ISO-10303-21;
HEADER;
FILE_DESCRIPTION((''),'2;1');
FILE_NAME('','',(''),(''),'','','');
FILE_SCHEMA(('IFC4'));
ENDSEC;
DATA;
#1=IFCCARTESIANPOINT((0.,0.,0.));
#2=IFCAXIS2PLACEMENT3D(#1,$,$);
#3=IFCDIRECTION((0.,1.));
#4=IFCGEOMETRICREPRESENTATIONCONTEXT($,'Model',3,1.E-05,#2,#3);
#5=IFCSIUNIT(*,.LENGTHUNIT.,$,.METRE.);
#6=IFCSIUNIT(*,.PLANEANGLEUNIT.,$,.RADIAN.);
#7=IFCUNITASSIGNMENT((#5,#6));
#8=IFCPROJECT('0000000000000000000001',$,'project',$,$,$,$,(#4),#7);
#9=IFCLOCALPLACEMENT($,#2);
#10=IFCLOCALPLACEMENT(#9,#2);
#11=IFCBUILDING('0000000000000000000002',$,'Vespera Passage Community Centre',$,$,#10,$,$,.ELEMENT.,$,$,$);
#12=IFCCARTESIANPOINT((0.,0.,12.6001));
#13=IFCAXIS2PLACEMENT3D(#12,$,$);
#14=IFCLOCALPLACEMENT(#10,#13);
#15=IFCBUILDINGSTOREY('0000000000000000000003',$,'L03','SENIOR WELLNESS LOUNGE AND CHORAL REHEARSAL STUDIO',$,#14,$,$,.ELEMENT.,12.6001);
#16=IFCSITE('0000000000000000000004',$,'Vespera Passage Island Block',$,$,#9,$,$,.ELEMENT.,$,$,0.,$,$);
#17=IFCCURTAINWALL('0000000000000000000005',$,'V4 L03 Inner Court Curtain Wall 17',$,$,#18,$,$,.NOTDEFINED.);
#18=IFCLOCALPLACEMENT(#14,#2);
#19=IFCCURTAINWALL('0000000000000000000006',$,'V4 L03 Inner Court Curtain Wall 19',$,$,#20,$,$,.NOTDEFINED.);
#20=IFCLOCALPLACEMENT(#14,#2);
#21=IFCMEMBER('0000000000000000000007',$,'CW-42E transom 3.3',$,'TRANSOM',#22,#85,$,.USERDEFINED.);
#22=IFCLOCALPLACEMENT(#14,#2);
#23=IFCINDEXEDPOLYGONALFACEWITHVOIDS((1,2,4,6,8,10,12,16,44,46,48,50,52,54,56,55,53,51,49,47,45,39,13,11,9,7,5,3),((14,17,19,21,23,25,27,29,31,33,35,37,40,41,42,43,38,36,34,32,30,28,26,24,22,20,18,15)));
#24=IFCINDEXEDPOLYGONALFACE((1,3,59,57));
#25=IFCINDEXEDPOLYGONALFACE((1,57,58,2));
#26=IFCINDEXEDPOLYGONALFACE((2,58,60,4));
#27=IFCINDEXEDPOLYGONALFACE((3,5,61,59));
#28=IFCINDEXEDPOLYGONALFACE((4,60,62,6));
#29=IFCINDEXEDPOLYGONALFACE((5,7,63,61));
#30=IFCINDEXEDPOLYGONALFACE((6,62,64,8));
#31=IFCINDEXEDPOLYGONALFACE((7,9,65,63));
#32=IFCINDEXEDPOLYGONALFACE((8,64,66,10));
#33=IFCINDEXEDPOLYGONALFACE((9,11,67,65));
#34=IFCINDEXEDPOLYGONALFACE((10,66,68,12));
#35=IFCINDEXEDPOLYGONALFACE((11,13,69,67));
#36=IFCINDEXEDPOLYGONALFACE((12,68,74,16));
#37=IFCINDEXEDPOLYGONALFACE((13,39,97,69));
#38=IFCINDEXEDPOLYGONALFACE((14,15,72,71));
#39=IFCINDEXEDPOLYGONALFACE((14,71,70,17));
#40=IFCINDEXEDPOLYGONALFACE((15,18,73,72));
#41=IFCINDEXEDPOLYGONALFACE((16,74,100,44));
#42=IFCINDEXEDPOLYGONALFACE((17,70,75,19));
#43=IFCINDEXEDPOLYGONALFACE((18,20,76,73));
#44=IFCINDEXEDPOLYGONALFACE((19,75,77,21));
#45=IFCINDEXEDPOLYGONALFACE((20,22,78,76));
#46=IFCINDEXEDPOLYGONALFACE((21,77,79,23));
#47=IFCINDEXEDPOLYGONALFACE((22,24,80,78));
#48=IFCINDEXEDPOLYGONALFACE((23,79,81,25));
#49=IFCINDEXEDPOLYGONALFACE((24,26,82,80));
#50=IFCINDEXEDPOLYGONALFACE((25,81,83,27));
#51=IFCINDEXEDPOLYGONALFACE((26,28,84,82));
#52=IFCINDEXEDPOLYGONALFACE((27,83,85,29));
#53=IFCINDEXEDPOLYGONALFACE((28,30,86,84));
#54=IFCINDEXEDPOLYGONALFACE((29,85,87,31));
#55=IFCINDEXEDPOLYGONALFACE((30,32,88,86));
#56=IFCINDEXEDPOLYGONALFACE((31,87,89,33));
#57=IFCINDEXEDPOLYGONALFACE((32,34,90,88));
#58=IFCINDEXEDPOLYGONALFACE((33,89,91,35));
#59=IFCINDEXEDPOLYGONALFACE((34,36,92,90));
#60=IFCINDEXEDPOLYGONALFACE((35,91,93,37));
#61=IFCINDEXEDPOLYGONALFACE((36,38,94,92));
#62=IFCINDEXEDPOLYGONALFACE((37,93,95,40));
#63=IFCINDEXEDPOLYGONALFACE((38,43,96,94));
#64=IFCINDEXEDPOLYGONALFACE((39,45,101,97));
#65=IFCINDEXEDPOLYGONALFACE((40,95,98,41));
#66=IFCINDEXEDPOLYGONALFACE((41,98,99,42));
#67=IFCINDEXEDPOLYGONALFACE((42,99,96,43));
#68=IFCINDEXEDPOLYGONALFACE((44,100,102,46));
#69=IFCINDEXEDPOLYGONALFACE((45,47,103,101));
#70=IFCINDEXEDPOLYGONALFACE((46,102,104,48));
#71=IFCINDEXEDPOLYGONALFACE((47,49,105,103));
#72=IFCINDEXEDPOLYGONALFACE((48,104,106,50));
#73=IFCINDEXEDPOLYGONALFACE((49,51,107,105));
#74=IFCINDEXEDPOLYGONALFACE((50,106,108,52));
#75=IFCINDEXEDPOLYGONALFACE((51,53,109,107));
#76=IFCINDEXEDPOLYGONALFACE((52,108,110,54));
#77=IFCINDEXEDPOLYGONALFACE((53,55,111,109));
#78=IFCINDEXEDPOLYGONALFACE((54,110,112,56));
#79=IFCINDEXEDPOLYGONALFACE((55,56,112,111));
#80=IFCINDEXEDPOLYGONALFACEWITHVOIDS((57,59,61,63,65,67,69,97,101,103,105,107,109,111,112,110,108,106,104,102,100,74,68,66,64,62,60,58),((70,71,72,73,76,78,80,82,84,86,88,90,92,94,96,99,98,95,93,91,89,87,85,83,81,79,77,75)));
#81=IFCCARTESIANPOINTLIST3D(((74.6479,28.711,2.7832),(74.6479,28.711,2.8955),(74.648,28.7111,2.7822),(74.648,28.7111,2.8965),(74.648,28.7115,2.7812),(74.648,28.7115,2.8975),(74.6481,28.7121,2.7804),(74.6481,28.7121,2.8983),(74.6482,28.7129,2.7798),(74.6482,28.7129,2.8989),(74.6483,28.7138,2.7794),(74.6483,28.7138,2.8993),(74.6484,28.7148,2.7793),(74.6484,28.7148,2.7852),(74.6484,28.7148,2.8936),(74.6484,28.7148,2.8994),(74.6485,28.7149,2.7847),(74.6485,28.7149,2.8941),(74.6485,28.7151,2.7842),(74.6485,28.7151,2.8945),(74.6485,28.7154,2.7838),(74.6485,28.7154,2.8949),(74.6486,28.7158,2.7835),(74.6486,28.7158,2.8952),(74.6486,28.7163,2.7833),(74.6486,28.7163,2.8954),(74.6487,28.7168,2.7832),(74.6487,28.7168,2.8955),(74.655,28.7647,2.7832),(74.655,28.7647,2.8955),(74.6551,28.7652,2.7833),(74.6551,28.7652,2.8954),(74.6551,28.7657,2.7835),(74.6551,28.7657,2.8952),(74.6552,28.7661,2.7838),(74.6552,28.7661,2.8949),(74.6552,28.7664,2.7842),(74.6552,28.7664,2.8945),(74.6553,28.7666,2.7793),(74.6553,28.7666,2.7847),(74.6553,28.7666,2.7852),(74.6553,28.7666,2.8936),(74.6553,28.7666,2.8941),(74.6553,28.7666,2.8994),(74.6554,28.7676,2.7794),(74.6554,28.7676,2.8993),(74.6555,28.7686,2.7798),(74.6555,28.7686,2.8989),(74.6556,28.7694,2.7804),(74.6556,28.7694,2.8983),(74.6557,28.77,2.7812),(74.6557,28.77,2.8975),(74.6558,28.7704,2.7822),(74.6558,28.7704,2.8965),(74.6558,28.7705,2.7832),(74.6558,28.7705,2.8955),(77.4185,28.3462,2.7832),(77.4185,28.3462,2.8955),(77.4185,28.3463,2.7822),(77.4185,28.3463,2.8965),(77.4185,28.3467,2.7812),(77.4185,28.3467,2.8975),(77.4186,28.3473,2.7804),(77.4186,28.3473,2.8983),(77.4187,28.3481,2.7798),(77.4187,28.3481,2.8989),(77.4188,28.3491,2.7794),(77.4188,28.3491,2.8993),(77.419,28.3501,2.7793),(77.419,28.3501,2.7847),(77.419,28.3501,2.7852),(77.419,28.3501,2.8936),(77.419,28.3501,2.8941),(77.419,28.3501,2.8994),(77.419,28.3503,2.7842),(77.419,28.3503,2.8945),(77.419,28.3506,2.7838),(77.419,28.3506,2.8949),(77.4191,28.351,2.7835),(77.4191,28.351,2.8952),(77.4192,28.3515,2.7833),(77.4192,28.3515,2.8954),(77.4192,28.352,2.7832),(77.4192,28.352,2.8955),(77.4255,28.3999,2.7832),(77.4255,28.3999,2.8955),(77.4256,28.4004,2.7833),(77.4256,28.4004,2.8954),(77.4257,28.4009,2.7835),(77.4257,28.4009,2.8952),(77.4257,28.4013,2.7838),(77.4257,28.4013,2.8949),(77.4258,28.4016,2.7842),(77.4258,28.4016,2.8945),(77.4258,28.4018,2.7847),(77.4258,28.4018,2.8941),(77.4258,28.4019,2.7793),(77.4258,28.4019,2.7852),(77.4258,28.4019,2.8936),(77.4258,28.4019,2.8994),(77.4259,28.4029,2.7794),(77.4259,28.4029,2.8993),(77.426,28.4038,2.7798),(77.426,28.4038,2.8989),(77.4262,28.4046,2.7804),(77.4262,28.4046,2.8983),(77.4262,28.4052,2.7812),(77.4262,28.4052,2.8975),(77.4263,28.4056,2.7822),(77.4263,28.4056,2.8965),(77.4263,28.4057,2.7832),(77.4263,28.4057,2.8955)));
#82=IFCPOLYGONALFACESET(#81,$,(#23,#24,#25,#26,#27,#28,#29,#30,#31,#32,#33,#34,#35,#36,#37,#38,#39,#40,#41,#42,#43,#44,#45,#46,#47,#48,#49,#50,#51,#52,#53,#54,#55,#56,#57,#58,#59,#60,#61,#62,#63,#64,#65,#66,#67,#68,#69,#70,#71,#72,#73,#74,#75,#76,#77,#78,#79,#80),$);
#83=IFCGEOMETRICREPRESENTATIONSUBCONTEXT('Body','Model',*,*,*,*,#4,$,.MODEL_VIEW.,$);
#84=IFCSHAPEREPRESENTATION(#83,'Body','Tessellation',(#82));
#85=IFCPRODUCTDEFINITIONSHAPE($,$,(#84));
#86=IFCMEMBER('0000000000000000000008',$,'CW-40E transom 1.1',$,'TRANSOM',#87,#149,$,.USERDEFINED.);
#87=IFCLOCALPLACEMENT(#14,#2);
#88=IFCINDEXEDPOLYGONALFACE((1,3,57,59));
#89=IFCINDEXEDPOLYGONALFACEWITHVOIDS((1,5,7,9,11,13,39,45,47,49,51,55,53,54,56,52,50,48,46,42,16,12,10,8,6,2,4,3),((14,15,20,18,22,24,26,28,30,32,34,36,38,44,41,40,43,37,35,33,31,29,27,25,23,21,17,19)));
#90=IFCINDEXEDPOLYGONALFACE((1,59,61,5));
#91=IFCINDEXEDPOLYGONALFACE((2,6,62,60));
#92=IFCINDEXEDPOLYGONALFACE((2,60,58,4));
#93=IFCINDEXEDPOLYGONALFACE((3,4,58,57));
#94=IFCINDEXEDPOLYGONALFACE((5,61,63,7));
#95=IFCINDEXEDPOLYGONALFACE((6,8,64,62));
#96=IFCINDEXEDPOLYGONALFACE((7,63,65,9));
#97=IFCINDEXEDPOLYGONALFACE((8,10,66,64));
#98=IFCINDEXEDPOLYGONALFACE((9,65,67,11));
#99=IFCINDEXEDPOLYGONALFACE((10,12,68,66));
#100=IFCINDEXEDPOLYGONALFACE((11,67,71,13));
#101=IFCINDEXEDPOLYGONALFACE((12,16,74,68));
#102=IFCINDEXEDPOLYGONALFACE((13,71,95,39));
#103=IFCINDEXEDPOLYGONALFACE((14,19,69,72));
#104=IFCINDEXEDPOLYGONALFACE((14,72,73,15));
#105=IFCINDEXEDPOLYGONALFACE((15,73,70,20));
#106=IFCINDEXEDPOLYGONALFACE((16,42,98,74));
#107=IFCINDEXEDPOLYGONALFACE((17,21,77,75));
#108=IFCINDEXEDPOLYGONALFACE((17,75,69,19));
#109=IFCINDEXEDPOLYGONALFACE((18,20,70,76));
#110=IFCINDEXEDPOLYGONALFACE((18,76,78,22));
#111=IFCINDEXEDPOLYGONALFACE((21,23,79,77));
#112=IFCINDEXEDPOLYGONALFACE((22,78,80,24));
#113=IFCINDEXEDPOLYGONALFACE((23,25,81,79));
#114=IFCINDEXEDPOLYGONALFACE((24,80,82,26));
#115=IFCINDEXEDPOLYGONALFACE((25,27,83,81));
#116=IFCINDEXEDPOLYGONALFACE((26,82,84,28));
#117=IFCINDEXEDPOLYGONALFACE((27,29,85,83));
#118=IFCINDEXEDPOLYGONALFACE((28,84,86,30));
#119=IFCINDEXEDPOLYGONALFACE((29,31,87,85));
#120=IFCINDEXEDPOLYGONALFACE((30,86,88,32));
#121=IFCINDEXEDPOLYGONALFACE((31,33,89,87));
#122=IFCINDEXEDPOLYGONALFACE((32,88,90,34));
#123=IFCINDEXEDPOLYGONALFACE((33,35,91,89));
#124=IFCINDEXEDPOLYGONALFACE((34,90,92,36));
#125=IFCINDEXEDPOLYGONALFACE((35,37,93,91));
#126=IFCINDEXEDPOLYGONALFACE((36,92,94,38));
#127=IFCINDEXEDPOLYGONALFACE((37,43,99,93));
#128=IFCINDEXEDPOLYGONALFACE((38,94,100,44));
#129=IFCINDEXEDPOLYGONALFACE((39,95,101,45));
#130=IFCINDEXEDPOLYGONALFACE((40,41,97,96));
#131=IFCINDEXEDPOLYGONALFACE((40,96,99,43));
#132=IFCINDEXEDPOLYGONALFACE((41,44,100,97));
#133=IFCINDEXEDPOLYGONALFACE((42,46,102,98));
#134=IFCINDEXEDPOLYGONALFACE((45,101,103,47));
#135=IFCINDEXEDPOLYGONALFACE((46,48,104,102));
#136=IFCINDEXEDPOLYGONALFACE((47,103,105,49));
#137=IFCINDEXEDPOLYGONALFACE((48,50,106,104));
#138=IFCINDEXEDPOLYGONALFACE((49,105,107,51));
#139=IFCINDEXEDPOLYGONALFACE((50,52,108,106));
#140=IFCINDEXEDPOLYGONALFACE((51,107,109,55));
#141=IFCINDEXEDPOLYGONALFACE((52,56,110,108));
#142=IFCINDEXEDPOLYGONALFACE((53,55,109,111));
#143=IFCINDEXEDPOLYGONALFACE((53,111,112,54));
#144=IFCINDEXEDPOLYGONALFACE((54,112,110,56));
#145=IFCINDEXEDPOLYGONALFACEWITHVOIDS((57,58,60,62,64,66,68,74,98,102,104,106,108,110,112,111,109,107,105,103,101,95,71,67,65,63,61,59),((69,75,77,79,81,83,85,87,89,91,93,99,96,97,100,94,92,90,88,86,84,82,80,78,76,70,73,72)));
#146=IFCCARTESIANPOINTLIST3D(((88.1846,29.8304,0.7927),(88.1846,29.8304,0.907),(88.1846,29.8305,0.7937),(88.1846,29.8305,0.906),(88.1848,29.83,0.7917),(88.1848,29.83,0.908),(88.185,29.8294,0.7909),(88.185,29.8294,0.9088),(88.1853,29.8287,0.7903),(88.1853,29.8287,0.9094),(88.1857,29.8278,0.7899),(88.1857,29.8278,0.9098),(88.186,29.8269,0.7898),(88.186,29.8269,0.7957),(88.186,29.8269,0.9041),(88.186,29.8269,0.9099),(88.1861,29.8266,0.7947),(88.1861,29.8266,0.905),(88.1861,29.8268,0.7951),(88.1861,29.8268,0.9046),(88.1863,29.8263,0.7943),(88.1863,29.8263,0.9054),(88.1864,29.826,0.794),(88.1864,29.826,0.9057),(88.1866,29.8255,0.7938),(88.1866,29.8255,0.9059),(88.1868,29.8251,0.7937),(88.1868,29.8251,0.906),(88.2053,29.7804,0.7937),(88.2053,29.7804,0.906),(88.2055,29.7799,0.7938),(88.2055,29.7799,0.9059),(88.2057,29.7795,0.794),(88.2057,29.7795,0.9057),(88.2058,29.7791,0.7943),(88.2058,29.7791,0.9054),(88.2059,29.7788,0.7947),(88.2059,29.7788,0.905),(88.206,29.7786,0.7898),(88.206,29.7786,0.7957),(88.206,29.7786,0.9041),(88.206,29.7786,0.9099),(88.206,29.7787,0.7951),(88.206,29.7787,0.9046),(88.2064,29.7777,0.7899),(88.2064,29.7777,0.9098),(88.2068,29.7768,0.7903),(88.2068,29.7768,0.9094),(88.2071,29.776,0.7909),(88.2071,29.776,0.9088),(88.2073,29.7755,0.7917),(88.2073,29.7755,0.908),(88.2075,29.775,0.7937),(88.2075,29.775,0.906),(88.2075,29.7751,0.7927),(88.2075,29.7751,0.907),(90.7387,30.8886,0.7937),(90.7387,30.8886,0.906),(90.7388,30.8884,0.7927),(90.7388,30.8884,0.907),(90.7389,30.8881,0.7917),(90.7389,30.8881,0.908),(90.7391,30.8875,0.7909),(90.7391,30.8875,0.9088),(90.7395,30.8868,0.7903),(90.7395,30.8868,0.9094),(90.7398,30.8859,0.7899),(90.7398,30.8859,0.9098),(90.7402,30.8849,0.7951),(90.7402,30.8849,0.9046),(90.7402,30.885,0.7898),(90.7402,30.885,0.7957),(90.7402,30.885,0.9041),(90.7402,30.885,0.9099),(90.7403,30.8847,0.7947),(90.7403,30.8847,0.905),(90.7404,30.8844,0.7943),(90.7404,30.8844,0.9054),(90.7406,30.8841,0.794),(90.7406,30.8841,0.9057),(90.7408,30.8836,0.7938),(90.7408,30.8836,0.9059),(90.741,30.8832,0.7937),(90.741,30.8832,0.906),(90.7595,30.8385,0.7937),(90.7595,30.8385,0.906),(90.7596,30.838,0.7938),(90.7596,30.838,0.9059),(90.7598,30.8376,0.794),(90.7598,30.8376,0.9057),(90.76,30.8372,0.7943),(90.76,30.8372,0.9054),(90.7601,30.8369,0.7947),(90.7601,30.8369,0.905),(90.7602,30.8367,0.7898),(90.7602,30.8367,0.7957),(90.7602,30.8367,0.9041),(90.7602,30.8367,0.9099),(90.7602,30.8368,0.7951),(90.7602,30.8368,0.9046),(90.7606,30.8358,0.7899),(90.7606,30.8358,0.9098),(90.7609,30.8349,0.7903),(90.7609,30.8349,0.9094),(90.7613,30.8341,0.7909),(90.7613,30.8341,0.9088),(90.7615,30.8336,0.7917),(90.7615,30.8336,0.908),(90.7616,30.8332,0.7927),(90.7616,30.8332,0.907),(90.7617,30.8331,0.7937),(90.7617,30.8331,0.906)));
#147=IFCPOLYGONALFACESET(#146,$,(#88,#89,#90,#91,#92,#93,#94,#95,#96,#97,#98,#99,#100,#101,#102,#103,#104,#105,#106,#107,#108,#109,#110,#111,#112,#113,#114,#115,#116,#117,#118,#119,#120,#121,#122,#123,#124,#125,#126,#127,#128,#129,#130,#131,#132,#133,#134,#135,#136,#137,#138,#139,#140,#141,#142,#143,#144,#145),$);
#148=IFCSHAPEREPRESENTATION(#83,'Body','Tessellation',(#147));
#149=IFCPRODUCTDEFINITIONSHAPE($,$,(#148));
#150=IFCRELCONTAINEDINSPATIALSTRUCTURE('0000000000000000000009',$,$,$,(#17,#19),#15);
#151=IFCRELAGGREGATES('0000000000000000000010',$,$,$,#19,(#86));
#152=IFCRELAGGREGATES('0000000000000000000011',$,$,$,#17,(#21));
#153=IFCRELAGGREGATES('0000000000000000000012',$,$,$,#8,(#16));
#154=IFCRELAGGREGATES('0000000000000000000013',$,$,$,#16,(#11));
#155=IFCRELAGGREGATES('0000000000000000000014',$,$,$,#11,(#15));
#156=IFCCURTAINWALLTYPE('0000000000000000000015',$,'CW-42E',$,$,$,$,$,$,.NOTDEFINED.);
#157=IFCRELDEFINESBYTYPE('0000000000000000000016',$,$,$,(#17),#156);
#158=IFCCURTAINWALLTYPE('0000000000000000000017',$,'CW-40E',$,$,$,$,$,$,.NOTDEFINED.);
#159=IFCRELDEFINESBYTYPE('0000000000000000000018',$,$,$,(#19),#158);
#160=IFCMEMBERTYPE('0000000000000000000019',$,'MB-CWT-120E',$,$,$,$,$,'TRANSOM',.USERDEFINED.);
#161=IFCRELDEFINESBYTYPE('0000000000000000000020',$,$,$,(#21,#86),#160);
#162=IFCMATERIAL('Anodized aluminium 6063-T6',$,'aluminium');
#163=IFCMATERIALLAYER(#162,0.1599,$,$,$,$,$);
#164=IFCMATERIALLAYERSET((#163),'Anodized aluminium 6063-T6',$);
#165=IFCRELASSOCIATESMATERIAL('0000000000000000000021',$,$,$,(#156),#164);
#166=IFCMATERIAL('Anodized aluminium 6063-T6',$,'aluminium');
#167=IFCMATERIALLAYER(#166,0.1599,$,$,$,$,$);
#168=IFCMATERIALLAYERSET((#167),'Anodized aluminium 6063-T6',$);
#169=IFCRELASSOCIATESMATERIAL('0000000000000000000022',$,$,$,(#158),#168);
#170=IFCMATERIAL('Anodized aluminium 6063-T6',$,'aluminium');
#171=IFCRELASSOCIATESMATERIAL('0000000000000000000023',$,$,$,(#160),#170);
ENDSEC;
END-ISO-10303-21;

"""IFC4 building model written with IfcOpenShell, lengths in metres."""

from ifc_helpers import new_model, si_unit, direction, frame, origin, origin_2d, place, context, subcontext, project, spatial, hollow_rectangle, extrude, material, layer, layer_set, material_profile, profile_set, type_object, element, aggregate, save


model = new_model("IFC4")

# Units and contexts
model_context = context("Model", 3, precision=1e-05, world=origin(), true_north=direction((0.0, 1.0)))
body_context = subcontext(model_context, "Body", "Model", "MODEL_VIEW")
ifc_project = project(units=[si_unit("LENGTHUNIT", "METRE"), si_unit("PLANEANGLEUNIT", "RADIAN")], contexts=[model_context])

# Site, building, storey
site_placement = place(None, origin())
site = spatial("IfcSite", under=ifc_project, at=site_placement, Name="Vespera Passage Island Block", CompositionType="ELEMENT", RefElevation=0.0)
building_placement = place(site_placement, origin())
building = spatial("IfcBuilding", under=site, at=building_placement, Name="Vespera Passage Community Centre", CompositionType="ELEMENT")
storey_placement = place(building_placement, frame((0.0, 0.0, 12.6001)))
storey = spatial("IfcBuildingStorey", under=building, at=storey_placement, Name="L03", Description="SENIOR WELLNESS LOUNGE AND CHORAL REHEARSAL STUDIO", CompositionType="ELEMENT", Elevation=12.6001)

# Curtain wall
ifc_material_1 = material(Name="Anodized aluminium 6063-T6", Category="aluminium")
ifc_layer_1 = layer(ifc_material_1, 0.1599)
ifc_layer_set_1 = layer_set([ifc_layer_1], Name="Anodized aluminium 6063-T6")
curtain_wall_type_1 = type_object("IfcCurtainWallType", Name="CW-42E", PredefinedType="NOTDEFINED", material=ifc_layer_set_1)
curtain_wall_1_placement = place(storey_placement, origin())
curtain_wall_1 = element("IfcCurtainWall", 1, at=curtain_wall_1_placement, inside=storey, type_object=curtain_wall_type_1, Name="V4 L03 Inner Court Curtain Wall 17", PredefinedType="NOTDEFINED")

# Curtain wall
ifc_material_2 = material(Name="Anodized aluminium 6063-T6", Category="aluminium")
ifc_layer_2 = layer(ifc_material_2, 0.1599)
ifc_layer_set_2 = layer_set([ifc_layer_2], Name="Anodized aluminium 6063-T6")
curtain_wall_type_2 = type_object("IfcCurtainWallType", Name="CW-40E", PredefinedType="NOTDEFINED", material=ifc_layer_set_2)
curtain_wall_2_placement = place(storey_placement, origin())
curtain_wall_2 = element("IfcCurtainWall", 2, at=curtain_wall_2_placement, inside=storey, type_object=curtain_wall_type_2, Name="V4 L03 Inner Court Curtain Wall 19", PredefinedType="NOTDEFINED")

# Members
ifc_material_3 = material(Name="Anodized aluminium 6063-T6", Category="aluminium")
ifc_material_profile_1 = material_profile(ifc_material_3, hollow_rectangle(XDim=0.0601, YDim=0.1201, WallThickness=0.0039, InnerFilletRadius=0.002, OuterFilletRadius=0.0039, at=origin_2d()), Name="ALU120X60X4")
ifc_profile_set_1 = profile_set([ifc_material_profile_1], Name="Anodized aluminium 6063-T6")
member_type_1 = type_object("IfcMemberType", Name="MB-CWT-120E", ElementType="TRANSOM", PredefinedType="USERDEFINED", material=ifc_profile_set_1)
member_1_placement = place(storey_placement, frame((74.6519, 28.7407, 2.8394), z_axis=(0.991445, -0.130527, 0.0), x_axis=(0.130527, 0.991445, 0.0)))
member_1 = element("IfcMember", 3, at=member_1_placement, type_object=member_type_1, Name="CW-42E transom 3.3", ObjectType="TRANSOM", PredefinedType="USERDEFINED", context=body_context, shape_type="SweptSolid", body=[
    extrude(hollow_rectangle(XDim=0.0601, YDim=0.1201, WallThickness=0.0039, InnerFilletRadius=0.002, OuterFilletRadius=0.0039, at=origin_2d()), origin(), (0.0, 0.0, 1.0), 2.7944),
])
member_2_placement = place(storey_placement, frame((88.196, 29.8027, 0.8499), z_axis=(0.923864, 0.382721, 0.0), x_axis=(-0.382721, 0.923864, 0.0)))
member_2 = element("IfcMember", 4, at=member_2_placement, type_object=member_type_1, Name="CW-40E transom 1.1", ObjectType="TRANSOM", PredefinedType="USERDEFINED", context=body_context, shape_type="SweptSolid", body=[
    extrude(hollow_rectangle(XDim=0.0601, YDim=0.1201, WallThickness=0.0039, InnerFilletRadius=0.002, OuterFilletRadius=0.0039, at=origin_2d()), origin(), (0.0, 0.0, 1.0), 2.7646),
])

aggregate(curtain_wall_2, [member_2])
aggregate(curtain_wall_1, [member_1])

save(model, "model.ifc")
